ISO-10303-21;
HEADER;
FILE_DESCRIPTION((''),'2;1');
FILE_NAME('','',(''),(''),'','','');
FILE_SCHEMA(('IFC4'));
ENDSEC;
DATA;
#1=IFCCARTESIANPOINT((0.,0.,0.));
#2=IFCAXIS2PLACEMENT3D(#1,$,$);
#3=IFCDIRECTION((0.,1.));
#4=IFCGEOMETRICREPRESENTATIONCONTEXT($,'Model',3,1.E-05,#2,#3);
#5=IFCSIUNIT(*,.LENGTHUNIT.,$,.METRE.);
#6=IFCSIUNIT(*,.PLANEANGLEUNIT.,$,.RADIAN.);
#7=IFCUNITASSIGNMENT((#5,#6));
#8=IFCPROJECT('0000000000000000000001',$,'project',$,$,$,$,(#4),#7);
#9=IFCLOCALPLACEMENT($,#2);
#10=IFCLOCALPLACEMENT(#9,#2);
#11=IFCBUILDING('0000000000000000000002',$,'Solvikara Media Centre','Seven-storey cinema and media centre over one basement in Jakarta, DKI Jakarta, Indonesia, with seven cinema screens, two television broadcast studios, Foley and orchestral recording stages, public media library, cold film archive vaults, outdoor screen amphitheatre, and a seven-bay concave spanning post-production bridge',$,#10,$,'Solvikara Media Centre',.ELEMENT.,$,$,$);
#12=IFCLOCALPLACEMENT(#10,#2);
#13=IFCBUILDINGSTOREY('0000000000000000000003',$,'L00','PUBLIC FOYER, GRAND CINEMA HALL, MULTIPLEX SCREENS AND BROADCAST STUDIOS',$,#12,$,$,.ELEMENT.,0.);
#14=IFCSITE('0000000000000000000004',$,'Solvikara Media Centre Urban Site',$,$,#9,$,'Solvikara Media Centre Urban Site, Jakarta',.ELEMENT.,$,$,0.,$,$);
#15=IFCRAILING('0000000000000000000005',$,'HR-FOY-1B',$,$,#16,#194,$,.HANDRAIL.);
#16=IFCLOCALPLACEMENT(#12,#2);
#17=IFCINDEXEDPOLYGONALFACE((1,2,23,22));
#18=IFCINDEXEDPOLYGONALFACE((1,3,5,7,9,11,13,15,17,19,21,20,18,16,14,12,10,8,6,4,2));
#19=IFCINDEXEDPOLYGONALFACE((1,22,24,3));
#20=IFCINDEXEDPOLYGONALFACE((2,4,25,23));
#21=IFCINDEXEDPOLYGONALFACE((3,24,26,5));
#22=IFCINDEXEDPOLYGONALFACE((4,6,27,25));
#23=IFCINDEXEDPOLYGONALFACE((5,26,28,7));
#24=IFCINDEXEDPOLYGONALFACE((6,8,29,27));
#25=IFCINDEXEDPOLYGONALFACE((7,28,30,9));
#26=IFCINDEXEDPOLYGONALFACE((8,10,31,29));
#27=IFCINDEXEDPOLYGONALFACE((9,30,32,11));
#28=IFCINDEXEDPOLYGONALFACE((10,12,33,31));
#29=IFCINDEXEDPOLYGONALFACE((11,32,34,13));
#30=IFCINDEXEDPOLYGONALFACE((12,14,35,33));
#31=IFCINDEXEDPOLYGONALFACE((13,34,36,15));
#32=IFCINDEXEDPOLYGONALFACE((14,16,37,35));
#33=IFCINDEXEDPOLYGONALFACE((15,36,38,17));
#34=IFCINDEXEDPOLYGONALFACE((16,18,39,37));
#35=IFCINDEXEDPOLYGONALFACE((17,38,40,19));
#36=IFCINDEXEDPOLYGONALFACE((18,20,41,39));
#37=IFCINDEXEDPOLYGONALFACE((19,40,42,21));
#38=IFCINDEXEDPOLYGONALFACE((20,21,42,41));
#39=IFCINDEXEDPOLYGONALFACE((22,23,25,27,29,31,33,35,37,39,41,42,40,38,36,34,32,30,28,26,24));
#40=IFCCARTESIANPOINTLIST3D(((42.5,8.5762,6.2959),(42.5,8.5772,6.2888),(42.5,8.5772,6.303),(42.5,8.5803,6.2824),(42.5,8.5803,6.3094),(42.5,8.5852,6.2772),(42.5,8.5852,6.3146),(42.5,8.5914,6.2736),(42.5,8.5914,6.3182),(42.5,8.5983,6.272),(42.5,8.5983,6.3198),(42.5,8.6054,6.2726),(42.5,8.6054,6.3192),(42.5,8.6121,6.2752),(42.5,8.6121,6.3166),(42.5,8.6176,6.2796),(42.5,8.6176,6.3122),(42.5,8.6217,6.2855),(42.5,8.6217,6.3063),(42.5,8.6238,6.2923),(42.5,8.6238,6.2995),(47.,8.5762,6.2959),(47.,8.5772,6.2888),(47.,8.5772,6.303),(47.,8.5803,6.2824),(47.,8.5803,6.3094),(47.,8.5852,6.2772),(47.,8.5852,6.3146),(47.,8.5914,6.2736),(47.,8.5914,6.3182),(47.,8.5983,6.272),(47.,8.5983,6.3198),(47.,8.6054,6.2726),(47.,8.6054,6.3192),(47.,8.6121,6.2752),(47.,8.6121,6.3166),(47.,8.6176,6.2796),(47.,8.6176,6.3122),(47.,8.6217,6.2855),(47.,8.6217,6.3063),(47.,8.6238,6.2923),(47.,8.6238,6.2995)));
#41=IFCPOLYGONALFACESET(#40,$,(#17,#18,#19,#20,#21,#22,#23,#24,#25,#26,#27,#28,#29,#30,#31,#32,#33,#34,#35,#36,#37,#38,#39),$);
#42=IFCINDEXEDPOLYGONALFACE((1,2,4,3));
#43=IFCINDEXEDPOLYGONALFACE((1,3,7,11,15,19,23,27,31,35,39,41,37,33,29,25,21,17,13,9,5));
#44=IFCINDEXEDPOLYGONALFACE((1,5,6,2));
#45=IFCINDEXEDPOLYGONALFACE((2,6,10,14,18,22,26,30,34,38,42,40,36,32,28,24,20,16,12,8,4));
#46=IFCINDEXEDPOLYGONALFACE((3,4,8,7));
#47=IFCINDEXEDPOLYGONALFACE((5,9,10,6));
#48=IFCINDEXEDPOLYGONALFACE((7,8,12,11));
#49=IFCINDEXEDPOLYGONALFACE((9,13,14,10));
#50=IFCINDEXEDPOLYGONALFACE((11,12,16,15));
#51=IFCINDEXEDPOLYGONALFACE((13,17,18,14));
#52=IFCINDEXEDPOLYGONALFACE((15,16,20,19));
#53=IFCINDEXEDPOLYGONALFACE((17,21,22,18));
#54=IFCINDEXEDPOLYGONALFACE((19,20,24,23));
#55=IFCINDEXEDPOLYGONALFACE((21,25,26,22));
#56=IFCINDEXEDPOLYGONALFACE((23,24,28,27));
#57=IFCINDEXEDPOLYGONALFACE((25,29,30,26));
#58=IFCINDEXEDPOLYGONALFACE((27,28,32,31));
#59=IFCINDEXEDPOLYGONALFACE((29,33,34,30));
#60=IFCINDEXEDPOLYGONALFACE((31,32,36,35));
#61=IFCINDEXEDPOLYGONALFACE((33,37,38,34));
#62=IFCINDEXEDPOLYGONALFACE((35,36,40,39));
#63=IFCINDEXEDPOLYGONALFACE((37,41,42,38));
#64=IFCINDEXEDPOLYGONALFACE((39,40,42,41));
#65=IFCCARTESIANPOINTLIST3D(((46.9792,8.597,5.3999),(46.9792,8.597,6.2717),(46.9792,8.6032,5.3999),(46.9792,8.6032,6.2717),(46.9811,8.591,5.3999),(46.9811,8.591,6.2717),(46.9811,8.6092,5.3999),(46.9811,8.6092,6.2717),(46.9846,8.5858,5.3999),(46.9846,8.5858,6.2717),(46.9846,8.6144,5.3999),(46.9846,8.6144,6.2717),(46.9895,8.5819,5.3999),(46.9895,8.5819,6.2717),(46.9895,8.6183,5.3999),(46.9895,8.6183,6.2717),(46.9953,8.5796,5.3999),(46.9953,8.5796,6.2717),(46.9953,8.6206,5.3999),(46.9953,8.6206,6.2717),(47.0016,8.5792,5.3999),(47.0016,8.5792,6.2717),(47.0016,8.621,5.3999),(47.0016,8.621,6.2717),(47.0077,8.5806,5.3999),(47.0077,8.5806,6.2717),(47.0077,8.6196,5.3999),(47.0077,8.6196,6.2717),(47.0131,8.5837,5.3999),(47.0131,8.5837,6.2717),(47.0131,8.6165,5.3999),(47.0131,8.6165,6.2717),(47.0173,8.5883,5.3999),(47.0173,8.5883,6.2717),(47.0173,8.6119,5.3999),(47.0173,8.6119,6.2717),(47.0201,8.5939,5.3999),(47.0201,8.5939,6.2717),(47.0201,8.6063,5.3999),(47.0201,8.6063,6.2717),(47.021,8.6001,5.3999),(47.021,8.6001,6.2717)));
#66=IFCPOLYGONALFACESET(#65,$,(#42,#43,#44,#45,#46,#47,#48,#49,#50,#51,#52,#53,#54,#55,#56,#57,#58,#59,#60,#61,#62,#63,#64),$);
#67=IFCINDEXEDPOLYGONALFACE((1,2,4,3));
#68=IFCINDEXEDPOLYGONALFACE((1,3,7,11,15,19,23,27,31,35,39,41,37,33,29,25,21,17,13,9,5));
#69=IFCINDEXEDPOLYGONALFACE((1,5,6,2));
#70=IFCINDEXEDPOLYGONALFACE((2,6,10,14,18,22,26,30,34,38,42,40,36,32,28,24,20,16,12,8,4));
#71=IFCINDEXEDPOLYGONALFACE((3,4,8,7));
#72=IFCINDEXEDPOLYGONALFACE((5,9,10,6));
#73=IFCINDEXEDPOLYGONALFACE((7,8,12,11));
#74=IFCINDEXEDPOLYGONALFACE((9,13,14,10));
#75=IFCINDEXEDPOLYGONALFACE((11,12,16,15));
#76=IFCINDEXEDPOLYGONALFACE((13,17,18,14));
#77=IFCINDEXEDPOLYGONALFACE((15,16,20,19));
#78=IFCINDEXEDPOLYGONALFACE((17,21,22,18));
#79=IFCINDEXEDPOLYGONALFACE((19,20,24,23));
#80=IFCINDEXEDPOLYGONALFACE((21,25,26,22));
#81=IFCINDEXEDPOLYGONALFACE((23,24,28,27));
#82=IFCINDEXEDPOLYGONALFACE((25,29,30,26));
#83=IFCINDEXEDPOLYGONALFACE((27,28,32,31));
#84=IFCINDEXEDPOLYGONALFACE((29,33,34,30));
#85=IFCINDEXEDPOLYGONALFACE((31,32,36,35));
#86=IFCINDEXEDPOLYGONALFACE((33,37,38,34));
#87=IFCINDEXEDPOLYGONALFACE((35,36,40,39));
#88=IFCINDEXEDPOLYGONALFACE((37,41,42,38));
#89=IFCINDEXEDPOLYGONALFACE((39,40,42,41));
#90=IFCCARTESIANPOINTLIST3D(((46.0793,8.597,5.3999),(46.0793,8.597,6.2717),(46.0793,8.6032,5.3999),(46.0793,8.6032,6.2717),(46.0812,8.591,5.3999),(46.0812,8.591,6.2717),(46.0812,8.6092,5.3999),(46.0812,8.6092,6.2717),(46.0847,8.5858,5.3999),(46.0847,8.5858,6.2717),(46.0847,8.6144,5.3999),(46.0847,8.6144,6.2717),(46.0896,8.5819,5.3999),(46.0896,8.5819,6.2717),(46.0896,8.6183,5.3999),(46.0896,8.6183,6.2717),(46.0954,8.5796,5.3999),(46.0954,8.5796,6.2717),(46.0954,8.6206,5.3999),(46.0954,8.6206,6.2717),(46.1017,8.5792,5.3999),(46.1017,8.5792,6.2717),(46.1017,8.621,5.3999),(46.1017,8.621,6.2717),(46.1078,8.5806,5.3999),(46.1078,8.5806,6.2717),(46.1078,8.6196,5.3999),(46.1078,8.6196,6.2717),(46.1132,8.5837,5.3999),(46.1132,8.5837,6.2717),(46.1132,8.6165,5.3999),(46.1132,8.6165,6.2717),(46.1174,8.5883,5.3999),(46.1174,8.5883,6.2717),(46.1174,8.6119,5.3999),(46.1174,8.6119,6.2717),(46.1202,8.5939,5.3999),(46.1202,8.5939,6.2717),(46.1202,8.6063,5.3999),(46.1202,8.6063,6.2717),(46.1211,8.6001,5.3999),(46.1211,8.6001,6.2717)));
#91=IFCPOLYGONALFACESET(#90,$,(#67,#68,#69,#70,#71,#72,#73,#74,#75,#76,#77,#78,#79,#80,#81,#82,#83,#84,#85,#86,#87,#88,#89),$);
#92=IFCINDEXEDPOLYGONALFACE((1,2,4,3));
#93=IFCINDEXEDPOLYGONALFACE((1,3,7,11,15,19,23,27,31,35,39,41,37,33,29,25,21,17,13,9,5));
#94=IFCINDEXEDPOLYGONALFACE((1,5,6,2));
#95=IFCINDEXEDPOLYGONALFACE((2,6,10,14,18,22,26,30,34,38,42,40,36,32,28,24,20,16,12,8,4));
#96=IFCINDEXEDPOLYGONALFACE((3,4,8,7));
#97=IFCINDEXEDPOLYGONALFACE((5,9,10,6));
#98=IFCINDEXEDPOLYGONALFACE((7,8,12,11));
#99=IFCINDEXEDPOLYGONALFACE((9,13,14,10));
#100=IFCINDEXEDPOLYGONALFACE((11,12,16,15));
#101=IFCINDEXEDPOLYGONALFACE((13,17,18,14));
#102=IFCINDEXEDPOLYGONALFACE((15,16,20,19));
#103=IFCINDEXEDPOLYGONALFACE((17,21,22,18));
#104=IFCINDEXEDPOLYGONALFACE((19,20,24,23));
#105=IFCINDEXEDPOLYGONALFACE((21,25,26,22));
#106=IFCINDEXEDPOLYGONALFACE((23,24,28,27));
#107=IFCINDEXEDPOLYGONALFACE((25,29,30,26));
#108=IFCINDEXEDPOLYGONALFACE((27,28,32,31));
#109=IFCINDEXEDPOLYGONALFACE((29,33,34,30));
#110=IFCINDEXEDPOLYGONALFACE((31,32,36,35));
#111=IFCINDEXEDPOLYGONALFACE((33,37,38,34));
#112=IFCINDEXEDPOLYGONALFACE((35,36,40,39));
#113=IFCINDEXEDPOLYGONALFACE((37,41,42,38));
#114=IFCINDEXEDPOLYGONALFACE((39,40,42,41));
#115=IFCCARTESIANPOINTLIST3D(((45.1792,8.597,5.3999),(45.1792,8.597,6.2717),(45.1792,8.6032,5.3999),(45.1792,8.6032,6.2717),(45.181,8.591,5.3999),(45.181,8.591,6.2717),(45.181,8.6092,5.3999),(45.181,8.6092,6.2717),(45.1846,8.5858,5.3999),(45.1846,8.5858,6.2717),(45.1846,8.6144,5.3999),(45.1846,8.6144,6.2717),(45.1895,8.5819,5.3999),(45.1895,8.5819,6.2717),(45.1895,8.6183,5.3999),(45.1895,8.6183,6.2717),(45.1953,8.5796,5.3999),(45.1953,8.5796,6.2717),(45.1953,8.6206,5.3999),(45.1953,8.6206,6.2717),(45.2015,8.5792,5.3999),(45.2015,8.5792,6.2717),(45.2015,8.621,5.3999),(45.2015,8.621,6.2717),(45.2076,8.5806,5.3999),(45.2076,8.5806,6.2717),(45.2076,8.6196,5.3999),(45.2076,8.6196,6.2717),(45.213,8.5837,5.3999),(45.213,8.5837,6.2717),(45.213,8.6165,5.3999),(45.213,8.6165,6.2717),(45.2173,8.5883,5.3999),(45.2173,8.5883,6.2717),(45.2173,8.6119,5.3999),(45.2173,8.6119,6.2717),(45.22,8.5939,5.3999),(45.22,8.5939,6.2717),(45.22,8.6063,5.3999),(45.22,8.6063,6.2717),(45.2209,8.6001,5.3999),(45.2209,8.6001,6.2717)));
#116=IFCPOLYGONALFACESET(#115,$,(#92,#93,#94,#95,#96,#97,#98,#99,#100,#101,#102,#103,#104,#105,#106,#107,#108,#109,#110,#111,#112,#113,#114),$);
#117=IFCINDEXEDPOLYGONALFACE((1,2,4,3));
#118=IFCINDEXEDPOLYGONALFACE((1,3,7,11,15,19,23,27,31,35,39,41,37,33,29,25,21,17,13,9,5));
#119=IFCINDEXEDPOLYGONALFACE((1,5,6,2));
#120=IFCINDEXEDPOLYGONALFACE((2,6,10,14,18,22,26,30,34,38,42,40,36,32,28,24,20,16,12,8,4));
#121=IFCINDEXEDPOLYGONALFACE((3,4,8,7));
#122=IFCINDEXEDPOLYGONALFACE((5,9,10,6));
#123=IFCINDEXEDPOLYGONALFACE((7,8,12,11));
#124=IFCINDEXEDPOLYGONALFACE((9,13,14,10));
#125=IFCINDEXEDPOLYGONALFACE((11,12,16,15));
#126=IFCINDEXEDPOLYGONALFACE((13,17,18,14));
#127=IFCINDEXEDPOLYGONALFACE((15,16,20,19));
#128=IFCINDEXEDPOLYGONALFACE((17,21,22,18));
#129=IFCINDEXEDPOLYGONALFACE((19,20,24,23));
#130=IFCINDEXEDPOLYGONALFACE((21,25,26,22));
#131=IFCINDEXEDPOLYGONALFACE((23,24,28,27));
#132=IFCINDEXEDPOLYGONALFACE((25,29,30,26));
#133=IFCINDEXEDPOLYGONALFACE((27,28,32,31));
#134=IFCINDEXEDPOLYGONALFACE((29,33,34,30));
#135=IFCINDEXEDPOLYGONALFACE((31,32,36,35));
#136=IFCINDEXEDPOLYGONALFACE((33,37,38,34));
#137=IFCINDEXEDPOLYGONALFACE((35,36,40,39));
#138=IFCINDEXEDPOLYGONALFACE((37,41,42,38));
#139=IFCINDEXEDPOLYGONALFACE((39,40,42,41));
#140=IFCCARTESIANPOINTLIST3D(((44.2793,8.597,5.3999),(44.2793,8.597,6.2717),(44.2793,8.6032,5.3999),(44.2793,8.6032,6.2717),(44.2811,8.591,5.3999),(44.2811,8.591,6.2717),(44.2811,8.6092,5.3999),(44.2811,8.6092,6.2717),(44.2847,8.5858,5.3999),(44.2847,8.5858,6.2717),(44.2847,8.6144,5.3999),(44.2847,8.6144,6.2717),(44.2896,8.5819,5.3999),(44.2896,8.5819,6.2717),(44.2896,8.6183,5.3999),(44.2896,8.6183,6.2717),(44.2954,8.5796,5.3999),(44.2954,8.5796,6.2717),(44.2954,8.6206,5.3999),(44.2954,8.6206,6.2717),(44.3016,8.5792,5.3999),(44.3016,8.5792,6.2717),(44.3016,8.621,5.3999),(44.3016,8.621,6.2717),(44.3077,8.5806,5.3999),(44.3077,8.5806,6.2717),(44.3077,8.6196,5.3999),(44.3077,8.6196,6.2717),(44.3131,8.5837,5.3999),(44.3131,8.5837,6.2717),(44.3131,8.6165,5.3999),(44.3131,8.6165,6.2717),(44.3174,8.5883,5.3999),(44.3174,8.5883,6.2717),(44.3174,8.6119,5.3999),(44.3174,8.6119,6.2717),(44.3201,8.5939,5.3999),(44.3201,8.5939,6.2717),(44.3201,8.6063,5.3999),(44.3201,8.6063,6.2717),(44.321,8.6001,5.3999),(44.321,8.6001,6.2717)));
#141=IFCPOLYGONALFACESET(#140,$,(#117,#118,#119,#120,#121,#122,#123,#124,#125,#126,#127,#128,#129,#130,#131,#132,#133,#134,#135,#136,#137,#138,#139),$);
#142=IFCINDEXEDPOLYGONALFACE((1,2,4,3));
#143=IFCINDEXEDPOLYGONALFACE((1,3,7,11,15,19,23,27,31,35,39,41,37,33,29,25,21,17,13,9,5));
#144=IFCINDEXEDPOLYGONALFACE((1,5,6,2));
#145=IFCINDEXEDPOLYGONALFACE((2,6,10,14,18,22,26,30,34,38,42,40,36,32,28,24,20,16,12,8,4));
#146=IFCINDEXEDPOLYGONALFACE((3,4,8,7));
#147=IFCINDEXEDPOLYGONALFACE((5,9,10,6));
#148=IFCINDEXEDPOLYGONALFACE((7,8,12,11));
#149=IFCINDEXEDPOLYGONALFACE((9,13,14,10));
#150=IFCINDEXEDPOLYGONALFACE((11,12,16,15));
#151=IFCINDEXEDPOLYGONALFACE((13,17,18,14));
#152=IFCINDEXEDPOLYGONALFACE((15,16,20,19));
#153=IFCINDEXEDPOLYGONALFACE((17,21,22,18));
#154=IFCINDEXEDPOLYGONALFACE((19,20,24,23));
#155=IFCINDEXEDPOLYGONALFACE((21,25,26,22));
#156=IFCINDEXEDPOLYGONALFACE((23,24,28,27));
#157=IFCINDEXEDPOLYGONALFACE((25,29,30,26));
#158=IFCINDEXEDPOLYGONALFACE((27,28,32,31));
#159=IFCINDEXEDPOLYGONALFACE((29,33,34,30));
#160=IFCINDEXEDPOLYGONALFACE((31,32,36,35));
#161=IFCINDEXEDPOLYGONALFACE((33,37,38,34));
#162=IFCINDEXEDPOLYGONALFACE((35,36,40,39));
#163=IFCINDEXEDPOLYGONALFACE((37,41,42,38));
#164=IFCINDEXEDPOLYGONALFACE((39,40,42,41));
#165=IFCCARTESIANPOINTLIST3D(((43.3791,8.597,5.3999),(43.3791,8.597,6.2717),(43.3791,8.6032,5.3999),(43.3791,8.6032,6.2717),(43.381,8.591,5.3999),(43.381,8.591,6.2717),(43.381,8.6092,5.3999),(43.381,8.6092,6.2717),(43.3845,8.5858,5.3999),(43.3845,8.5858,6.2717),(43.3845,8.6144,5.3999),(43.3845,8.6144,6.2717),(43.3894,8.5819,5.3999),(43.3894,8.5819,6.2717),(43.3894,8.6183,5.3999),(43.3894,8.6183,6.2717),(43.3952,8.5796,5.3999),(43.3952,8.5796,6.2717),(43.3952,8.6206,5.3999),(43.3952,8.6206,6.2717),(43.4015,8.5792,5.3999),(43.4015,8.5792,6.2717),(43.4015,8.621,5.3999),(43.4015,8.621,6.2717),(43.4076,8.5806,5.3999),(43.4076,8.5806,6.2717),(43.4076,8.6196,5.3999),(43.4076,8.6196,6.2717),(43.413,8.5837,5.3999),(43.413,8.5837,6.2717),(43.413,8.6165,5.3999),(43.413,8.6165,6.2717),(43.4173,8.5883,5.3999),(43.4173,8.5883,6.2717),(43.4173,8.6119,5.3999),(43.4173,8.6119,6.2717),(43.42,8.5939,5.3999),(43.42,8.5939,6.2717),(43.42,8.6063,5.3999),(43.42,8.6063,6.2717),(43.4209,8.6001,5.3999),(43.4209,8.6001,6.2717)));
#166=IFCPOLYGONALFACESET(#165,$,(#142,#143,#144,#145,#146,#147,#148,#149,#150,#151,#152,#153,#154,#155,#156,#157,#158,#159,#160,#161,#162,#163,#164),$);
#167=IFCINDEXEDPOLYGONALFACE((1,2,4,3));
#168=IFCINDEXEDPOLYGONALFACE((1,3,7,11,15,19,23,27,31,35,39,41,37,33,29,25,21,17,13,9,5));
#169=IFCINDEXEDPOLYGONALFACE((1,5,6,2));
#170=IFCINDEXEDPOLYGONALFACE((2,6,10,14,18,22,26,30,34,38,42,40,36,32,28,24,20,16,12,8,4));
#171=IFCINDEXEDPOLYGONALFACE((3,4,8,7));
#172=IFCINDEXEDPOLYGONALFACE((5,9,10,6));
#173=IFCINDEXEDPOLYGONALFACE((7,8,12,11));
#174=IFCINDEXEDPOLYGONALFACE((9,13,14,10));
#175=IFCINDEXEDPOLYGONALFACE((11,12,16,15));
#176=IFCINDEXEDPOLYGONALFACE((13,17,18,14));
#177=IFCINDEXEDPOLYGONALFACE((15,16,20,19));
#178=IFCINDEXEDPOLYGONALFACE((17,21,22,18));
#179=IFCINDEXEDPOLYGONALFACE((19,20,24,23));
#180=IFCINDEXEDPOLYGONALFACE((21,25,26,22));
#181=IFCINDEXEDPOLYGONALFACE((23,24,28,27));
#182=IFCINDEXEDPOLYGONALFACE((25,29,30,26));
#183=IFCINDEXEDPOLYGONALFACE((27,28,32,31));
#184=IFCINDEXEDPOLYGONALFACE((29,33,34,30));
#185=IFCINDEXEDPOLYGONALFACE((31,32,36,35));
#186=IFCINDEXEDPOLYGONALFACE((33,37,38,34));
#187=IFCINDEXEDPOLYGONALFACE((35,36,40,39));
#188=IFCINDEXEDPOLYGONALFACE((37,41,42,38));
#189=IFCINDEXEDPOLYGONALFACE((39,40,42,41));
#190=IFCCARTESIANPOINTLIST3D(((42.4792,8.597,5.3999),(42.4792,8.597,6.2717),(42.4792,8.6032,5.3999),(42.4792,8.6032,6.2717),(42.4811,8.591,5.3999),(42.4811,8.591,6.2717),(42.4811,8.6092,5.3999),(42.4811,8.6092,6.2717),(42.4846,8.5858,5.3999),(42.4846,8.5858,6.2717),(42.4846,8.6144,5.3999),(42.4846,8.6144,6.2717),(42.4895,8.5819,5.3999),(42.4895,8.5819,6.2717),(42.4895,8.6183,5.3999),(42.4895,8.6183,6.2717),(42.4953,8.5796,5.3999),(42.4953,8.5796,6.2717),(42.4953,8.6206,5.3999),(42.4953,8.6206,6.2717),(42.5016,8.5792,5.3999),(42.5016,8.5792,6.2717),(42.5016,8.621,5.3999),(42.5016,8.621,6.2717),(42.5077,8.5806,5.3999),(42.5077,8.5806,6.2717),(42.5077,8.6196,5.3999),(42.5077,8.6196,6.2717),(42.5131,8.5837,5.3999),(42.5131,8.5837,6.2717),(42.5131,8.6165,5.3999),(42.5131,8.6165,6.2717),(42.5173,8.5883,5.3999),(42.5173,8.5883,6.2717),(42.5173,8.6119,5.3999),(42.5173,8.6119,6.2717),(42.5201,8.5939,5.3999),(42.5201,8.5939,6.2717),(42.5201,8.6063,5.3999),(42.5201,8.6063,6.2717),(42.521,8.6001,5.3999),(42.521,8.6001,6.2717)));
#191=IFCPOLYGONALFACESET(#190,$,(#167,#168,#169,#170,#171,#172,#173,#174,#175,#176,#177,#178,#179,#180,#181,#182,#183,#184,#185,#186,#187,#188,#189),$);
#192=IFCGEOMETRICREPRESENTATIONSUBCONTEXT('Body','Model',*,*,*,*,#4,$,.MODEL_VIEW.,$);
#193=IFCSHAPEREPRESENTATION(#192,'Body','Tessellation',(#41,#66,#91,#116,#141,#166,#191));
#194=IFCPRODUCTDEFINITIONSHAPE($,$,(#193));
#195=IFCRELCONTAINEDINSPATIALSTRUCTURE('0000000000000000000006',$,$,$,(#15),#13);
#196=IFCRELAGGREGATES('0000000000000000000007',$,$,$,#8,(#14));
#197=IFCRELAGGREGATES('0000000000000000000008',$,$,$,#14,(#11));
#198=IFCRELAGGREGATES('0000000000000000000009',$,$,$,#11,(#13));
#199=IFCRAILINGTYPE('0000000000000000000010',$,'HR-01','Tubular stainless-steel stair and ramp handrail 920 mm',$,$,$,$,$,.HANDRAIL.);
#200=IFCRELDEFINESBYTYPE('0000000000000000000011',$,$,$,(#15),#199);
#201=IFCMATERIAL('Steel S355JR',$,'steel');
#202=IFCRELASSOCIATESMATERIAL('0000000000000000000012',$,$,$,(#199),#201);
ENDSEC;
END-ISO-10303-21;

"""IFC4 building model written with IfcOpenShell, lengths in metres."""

from ifc_helpers import new_model, si_unit, direction, frame, origin, origin_2d, place, context, subcontext, project, spatial, circle, extrude, material, type_object, element, save


model = new_model("IFC4")

# Units and contexts
model_context = context("Model", 3, precision=1e-05, world=origin(), true_north=direction((0.0, 1.0)))
body_context = subcontext(model_context, "Body", "Model", "MODEL_VIEW")
ifc_project = project(units=[si_unit("LENGTHUNIT", "METRE"), si_unit("PLANEANGLEUNIT", "RADIAN")], contexts=[model_context])

# Site, building, storey
site_placement = place(None, origin())
site = spatial("IfcSite", under=ifc_project, at=site_placement, Name="Solvikara Media Centre Urban Site", LongName="Solvikara Media Centre Urban Site, Jakarta", CompositionType="ELEMENT", RefElevation=0.0)
building_placement = place(site_placement, origin())
building = spatial("IfcBuilding", under=site, at=building_placement, Name="Solvikara Media Centre", Description="Seven-storey cinema and media centre over one basement in Jakarta, DKI Jakarta, Indonesia, with seven cinema screens, two television broadcast studios, Foley and orchestral recording stages, public media library, cold film archive vaults, outdoor screen amphitheatre, and a seven-bay concave spanning post-production bridge", LongName="Solvikara Media Centre", CompositionType="ELEMENT")
storey_placement = place(building_placement, origin())
storey = spatial("IfcBuildingStorey", under=building, at=storey_placement, Name="L00", Description="PUBLIC FOYER, GRAND CINEMA HALL, MULTIPLEX SCREENS AND BROADCAST STUDIOS", CompositionType="ELEMENT", Elevation=0.0)

# Shared definitions
ifc_material_1 = material(Name="Steel S355JR", Category="steel")

# Railing
railing_type = type_object("IfcRailingType", Name="HR-01", Description="Tubular stainless-steel stair and ramp handrail 920 mm", PredefinedType="HANDRAIL", material=ifc_material_1)
railing_1_placement = place(storey_placement, frame((47.0, 8.6001, 5.3999)))
element("IfcRailing", 1, at=railing_1_placement, inside=storey, type_object=railing_type, Name="HR-FOY-1B", PredefinedType="HANDRAIL", context=body_context, shape_type="SweptSolid", body=[
    extrude(circle(Radius=0.0239, at=origin_2d()), frame((0.0, 0.0, 0.896), z_axis=(-1.0, 0.0, 0.0), x_axis=(0.0, -1.0, 0.0)), (0.0, 0.0, 1.0), 4.5),
    extrude(circle(Radius=0.021, at=origin_2d()), origin(), (0.0, 0.0, 1.0), 0.8718),
    extrude(circle(Radius=0.021, at=origin_2d()), frame((-0.8999, 0.0, 0.0)), (0.0, 0.0, 1.0), 0.8718),
    extrude(circle(Radius=0.021, at=origin_2d()), frame((-1.8, 0.0, 0.0)), (0.0, 0.0, 1.0), 0.8718),
    extrude(circle(Radius=0.021, at=origin_2d()), frame((-2.7, 0.0, 0.0)), (0.0, 0.0, 1.0), 0.8718),
    extrude(circle(Radius=0.021, at=origin_2d()), frame((-3.6001, 0.0, 0.0)), (0.0, 0.0, 1.0), 0.8718),
    extrude(circle(Radius=0.021, at=origin_2d()), frame((-4.5, 0.0, 0.0)), (0.0, 0.0, 1.0), 0.8718),
])

save(model, "model.ifc")
